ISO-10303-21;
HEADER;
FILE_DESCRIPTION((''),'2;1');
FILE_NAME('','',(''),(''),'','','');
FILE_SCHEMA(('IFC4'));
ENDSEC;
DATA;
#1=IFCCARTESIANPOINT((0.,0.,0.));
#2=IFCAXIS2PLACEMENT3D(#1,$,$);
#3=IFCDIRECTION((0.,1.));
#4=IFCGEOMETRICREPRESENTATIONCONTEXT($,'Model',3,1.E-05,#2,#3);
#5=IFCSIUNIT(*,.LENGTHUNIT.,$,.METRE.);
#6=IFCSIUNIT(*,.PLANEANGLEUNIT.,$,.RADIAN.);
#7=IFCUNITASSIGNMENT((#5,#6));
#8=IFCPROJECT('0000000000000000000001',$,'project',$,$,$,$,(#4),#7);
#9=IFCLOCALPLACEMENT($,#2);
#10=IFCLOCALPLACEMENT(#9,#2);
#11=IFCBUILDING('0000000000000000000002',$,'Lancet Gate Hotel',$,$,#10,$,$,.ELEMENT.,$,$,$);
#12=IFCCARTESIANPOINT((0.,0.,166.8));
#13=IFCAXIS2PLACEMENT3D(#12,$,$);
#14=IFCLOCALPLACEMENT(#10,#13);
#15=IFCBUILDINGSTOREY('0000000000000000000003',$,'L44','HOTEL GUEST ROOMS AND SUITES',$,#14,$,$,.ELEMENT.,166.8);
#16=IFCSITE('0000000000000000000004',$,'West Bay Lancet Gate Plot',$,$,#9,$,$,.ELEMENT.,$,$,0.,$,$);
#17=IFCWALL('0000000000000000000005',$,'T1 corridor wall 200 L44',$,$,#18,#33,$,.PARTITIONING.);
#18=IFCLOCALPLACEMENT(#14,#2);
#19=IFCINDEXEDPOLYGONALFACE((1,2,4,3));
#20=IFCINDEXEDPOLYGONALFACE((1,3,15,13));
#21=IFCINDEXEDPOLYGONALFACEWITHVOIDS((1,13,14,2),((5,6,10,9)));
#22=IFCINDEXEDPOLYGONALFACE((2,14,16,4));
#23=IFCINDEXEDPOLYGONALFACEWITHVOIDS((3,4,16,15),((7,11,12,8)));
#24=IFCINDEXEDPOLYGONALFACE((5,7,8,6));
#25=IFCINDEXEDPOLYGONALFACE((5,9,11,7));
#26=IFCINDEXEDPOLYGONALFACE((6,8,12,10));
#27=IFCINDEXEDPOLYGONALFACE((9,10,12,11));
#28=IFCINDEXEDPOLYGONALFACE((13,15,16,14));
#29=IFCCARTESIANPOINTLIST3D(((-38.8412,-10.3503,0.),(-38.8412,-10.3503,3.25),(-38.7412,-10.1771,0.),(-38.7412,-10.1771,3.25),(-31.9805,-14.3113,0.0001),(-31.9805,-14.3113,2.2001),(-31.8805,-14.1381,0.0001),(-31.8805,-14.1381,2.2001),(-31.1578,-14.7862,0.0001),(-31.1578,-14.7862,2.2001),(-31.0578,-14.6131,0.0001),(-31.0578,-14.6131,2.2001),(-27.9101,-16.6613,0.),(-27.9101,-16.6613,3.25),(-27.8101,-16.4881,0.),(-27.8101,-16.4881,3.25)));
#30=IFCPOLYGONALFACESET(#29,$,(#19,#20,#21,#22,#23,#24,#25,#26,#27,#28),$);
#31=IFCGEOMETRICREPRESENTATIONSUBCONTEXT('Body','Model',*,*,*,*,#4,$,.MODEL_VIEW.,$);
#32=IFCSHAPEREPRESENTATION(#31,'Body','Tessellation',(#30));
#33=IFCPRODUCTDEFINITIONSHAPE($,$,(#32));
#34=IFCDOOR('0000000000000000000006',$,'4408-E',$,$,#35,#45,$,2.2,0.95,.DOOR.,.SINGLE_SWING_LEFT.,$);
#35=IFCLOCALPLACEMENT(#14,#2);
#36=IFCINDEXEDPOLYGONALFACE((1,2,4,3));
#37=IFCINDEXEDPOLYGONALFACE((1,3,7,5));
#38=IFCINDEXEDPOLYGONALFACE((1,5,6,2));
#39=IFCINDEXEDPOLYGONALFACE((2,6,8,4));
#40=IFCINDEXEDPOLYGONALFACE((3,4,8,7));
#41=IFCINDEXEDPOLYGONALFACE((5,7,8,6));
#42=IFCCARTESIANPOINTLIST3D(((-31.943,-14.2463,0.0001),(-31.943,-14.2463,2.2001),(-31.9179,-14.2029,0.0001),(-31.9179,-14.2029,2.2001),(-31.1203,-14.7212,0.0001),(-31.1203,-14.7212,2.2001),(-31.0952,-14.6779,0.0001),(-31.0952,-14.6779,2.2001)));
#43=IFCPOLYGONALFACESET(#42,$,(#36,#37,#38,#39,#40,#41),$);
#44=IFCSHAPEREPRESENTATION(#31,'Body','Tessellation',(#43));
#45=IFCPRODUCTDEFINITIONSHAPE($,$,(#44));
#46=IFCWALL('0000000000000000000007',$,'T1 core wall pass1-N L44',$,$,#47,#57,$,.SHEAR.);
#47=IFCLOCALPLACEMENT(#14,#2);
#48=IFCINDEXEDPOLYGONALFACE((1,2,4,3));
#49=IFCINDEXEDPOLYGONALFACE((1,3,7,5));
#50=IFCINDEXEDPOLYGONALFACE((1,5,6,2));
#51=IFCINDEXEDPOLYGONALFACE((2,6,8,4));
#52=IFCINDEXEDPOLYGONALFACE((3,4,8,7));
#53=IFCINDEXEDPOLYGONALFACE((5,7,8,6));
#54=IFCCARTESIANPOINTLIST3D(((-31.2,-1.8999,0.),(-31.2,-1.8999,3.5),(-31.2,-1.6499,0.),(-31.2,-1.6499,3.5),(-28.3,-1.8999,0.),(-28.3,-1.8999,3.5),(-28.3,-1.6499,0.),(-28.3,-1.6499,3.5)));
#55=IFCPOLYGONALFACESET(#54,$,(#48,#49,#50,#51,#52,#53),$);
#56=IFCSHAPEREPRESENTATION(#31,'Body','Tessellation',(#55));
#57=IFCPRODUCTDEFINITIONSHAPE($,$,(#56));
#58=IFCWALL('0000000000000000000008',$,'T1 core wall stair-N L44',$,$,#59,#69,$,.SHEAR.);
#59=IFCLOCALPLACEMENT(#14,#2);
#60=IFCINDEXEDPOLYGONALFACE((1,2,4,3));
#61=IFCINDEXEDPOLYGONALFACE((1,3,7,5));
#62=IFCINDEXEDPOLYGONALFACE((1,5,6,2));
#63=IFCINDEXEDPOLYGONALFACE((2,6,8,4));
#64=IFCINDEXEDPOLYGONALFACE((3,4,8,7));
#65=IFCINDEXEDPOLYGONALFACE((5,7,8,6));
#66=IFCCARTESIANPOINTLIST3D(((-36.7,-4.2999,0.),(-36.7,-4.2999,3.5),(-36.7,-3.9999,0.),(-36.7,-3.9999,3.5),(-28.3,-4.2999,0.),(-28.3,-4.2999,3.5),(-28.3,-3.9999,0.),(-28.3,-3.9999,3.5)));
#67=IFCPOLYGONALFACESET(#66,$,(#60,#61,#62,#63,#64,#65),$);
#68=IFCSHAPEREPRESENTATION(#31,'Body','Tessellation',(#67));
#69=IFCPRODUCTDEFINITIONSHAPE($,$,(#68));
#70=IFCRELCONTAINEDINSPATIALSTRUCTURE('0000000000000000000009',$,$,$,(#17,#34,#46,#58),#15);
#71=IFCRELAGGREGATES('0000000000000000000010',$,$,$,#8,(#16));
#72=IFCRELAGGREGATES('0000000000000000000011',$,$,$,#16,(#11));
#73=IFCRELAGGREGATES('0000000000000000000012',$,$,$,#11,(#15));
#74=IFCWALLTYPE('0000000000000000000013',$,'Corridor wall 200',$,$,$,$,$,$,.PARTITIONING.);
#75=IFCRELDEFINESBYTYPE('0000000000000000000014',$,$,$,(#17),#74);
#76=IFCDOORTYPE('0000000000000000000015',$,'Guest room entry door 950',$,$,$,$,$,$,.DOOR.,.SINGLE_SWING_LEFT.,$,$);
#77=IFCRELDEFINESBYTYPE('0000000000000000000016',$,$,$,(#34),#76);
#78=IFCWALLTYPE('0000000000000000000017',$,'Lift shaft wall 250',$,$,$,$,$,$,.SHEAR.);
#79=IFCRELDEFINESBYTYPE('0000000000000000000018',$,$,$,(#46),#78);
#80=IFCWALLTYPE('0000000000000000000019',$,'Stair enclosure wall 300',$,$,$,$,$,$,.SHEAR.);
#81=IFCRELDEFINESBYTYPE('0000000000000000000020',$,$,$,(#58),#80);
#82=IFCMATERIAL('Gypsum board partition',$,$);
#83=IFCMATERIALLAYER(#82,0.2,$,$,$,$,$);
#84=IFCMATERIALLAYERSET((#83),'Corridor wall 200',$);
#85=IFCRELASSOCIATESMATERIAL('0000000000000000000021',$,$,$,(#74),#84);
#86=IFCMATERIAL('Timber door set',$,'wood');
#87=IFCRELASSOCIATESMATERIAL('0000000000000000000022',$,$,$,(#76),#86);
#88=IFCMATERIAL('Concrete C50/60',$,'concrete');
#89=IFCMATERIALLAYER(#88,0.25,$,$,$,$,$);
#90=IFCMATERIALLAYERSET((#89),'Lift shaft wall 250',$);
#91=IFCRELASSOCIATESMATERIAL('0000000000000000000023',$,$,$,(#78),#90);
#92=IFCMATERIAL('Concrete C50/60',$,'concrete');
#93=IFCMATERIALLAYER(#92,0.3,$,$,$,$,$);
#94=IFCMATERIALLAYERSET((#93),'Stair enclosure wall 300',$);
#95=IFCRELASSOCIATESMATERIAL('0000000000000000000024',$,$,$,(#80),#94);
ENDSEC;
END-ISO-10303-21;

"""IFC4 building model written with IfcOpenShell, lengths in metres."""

from ifc_helpers import new_model, si_unit, direction, frame, frame_2d, origin, place, context, subcontext, project, spatial, rectangle, extrude, material, layer, layer_set, type_object, element, fill, save


model = new_model("IFC4")

# Units and contexts
model_context = context("Model", 3, precision=1e-05, world=origin(), true_north=direction((0.0, 1.0)))
body_context = subcontext(model_context, "Body", "Model", "MODEL_VIEW")
ifc_project = project(units=[si_unit("LENGTHUNIT", "METRE"), si_unit("PLANEANGLEUNIT", "RADIAN")], contexts=[model_context])

# Site, building, storey
site_placement = place(None, origin())
site = spatial("IfcSite", under=ifc_project, at=site_placement, Name="West Bay Lancet Gate Plot", CompositionType="ELEMENT", RefElevation=0.0)
building_placement = place(site_placement, origin())
building = spatial("IfcBuilding", under=site, at=building_placement, Name="Lancet Gate Hotel", CompositionType="ELEMENT")
storey_placement = place(building_placement, frame((0.0, 0.0, 166.8)))
storey = spatial("IfcBuildingStorey", under=building, at=storey_placement, Name="L44", Description="HOTEL GUEST ROOMS AND SUITES", CompositionType="ELEMENT", Elevation=166.8)

# Wall, opening, door
ifc_material_1 = material(Name="Gypsum board partition")
ifc_layer_1 = layer(ifc_material_1, 0.2)
ifc_layer_set_1 = layer_set([ifc_layer_1], Name="Corridor wall 200")
wall_type_1 = type_object("IfcWallType", Name="Corridor wall 200", PredefinedType="PARTITIONING", material=ifc_layer_set_1)
wall_1_placement = place(storey_placement, frame((-27.8601, -16.5747, 0.0), z_axis=(0.0, 0.0, 1.0), x_axis=(-0.866028, 0.499996, 0.0)))
wall_1 = element("IfcWall", 1, at=wall_1_placement, inside=storey, type_object=wall_type_1, Name="T1 corridor wall 200 L44", PredefinedType="PARTITIONING", context=body_context, shape_type="SweptSolid", body=[
    extrude(rectangle(XDim=12.6221, YDim=0.2, at=frame_2d((6.311, 0.0))), origin(), (0.0, 0.0, 1.0), 3.25),
])
opening_1_placement = place(wall_1_placement, frame((3.75, 0.0, 0.0)))
opening_1 = element("IfcOpeningElement", 2, at=opening_1_placement, cuts=wall_1, PredefinedType="OPENING", context=body_context, shape_type="SweptSolid", body=[
    extrude(rectangle(XDim=0.95, YDim=2.2, at=frame_2d((0.4751, 1.1001))), frame((0.0, 0.1099, 0.0), z_axis=(0.0, -1.0, 0.0), x_axis=(1.0, 0.0, 0.0)), (0.0, 0.0, 1.0), 0.22),
])
ifc_material_2 = material(Name="Timber door set", Category="wood")
door_type_1 = type_object("IfcDoorType", Name="Guest room entry door 950", OperationType="SINGLE_SWING_LEFT", PredefinedType="DOOR", material=ifc_material_2)
door_1_placement = place(opening_1_placement, origin())
door_1 = element("IfcDoor", 3, at=door_1_placement, inside=storey, type_object=door_type_1, Name="4408-E", OperationType="SINGLE_SWING_LEFT", OverallHeight=2.2, OverallWidth=0.95, PredefinedType="DOOR", context=body_context, shape_type="SweptSolid", body=[
    extrude(rectangle(XDim=0.95, YDim=2.2, at=frame_2d((0.4751, 1.1001))), frame((0.0, 0.0249, 0.0), z_axis=(0.0, -1.0, 0.0), x_axis=(1.0, 0.0, 0.0)), (0.0, 0.0, 1.0), 0.05),
])
fill(opening_1, door_1)

# Walls
ifc_material_3 = material(Name="Concrete C50/60", Category="concrete")
ifc_layer_2 = layer(ifc_material_3, 0.25)
ifc_layer_set_2 = layer_set([ifc_layer_2], Name="Lift shaft wall 250")
wall_type_2 = type_object("IfcWallType", Name="Lift shaft wall 250", PredefinedType="SHEAR", material=ifc_layer_set_2)
wall_2_placement = place(storey_placement, frame((-28.3, -1.7749, 0.0), z_axis=(0.0, 0.0, 1.0), x_axis=(-1.0, 0.0, 0.0)))
element("IfcWall", 4, at=wall_2_placement, inside=storey, type_object=wall_type_2, Name="T1 core wall pass1-N L44", PredefinedType="SHEAR", context=body_context, shape_type="SweptSolid", body=[
    extrude(rectangle(XDim=2.8999, YDim=0.25, at=frame_2d((1.45, 0.0))), origin(), (0.0, 0.0, 1.0), 3.5),
])
ifc_material_4 = material(Name="Concrete C50/60", Category="concrete")
ifc_layer_3 = layer(ifc_material_4, 0.3)
ifc_layer_set_3 = layer_set([ifc_layer_3], Name="Stair enclosure wall 300")
wall_type_3 = type_object("IfcWallType", Name="Stair enclosure wall 300", PredefinedType="SHEAR", material=ifc_layer_set_3)
wall_3_placement = place(storey_placement, frame((-28.3, -4.1499, 0.0), z_axis=(0.0, 0.0, 1.0), x_axis=(-1.0, 0.0, 0.0)))
element("IfcWall", 5, at=wall_3_placement, inside=storey, type_object=wall_type_3, Name="T1 core wall stair-N L44", PredefinedType="SHEAR", context=body_context, shape_type="SweptSolid", body=[
    extrude(rectangle(XDim=8.3999, YDim=0.3, at=frame_2d((4.2, 0.0))), origin(), (0.0, 0.0, 1.0), 3.5),
])

save(model, "model.ifc")
